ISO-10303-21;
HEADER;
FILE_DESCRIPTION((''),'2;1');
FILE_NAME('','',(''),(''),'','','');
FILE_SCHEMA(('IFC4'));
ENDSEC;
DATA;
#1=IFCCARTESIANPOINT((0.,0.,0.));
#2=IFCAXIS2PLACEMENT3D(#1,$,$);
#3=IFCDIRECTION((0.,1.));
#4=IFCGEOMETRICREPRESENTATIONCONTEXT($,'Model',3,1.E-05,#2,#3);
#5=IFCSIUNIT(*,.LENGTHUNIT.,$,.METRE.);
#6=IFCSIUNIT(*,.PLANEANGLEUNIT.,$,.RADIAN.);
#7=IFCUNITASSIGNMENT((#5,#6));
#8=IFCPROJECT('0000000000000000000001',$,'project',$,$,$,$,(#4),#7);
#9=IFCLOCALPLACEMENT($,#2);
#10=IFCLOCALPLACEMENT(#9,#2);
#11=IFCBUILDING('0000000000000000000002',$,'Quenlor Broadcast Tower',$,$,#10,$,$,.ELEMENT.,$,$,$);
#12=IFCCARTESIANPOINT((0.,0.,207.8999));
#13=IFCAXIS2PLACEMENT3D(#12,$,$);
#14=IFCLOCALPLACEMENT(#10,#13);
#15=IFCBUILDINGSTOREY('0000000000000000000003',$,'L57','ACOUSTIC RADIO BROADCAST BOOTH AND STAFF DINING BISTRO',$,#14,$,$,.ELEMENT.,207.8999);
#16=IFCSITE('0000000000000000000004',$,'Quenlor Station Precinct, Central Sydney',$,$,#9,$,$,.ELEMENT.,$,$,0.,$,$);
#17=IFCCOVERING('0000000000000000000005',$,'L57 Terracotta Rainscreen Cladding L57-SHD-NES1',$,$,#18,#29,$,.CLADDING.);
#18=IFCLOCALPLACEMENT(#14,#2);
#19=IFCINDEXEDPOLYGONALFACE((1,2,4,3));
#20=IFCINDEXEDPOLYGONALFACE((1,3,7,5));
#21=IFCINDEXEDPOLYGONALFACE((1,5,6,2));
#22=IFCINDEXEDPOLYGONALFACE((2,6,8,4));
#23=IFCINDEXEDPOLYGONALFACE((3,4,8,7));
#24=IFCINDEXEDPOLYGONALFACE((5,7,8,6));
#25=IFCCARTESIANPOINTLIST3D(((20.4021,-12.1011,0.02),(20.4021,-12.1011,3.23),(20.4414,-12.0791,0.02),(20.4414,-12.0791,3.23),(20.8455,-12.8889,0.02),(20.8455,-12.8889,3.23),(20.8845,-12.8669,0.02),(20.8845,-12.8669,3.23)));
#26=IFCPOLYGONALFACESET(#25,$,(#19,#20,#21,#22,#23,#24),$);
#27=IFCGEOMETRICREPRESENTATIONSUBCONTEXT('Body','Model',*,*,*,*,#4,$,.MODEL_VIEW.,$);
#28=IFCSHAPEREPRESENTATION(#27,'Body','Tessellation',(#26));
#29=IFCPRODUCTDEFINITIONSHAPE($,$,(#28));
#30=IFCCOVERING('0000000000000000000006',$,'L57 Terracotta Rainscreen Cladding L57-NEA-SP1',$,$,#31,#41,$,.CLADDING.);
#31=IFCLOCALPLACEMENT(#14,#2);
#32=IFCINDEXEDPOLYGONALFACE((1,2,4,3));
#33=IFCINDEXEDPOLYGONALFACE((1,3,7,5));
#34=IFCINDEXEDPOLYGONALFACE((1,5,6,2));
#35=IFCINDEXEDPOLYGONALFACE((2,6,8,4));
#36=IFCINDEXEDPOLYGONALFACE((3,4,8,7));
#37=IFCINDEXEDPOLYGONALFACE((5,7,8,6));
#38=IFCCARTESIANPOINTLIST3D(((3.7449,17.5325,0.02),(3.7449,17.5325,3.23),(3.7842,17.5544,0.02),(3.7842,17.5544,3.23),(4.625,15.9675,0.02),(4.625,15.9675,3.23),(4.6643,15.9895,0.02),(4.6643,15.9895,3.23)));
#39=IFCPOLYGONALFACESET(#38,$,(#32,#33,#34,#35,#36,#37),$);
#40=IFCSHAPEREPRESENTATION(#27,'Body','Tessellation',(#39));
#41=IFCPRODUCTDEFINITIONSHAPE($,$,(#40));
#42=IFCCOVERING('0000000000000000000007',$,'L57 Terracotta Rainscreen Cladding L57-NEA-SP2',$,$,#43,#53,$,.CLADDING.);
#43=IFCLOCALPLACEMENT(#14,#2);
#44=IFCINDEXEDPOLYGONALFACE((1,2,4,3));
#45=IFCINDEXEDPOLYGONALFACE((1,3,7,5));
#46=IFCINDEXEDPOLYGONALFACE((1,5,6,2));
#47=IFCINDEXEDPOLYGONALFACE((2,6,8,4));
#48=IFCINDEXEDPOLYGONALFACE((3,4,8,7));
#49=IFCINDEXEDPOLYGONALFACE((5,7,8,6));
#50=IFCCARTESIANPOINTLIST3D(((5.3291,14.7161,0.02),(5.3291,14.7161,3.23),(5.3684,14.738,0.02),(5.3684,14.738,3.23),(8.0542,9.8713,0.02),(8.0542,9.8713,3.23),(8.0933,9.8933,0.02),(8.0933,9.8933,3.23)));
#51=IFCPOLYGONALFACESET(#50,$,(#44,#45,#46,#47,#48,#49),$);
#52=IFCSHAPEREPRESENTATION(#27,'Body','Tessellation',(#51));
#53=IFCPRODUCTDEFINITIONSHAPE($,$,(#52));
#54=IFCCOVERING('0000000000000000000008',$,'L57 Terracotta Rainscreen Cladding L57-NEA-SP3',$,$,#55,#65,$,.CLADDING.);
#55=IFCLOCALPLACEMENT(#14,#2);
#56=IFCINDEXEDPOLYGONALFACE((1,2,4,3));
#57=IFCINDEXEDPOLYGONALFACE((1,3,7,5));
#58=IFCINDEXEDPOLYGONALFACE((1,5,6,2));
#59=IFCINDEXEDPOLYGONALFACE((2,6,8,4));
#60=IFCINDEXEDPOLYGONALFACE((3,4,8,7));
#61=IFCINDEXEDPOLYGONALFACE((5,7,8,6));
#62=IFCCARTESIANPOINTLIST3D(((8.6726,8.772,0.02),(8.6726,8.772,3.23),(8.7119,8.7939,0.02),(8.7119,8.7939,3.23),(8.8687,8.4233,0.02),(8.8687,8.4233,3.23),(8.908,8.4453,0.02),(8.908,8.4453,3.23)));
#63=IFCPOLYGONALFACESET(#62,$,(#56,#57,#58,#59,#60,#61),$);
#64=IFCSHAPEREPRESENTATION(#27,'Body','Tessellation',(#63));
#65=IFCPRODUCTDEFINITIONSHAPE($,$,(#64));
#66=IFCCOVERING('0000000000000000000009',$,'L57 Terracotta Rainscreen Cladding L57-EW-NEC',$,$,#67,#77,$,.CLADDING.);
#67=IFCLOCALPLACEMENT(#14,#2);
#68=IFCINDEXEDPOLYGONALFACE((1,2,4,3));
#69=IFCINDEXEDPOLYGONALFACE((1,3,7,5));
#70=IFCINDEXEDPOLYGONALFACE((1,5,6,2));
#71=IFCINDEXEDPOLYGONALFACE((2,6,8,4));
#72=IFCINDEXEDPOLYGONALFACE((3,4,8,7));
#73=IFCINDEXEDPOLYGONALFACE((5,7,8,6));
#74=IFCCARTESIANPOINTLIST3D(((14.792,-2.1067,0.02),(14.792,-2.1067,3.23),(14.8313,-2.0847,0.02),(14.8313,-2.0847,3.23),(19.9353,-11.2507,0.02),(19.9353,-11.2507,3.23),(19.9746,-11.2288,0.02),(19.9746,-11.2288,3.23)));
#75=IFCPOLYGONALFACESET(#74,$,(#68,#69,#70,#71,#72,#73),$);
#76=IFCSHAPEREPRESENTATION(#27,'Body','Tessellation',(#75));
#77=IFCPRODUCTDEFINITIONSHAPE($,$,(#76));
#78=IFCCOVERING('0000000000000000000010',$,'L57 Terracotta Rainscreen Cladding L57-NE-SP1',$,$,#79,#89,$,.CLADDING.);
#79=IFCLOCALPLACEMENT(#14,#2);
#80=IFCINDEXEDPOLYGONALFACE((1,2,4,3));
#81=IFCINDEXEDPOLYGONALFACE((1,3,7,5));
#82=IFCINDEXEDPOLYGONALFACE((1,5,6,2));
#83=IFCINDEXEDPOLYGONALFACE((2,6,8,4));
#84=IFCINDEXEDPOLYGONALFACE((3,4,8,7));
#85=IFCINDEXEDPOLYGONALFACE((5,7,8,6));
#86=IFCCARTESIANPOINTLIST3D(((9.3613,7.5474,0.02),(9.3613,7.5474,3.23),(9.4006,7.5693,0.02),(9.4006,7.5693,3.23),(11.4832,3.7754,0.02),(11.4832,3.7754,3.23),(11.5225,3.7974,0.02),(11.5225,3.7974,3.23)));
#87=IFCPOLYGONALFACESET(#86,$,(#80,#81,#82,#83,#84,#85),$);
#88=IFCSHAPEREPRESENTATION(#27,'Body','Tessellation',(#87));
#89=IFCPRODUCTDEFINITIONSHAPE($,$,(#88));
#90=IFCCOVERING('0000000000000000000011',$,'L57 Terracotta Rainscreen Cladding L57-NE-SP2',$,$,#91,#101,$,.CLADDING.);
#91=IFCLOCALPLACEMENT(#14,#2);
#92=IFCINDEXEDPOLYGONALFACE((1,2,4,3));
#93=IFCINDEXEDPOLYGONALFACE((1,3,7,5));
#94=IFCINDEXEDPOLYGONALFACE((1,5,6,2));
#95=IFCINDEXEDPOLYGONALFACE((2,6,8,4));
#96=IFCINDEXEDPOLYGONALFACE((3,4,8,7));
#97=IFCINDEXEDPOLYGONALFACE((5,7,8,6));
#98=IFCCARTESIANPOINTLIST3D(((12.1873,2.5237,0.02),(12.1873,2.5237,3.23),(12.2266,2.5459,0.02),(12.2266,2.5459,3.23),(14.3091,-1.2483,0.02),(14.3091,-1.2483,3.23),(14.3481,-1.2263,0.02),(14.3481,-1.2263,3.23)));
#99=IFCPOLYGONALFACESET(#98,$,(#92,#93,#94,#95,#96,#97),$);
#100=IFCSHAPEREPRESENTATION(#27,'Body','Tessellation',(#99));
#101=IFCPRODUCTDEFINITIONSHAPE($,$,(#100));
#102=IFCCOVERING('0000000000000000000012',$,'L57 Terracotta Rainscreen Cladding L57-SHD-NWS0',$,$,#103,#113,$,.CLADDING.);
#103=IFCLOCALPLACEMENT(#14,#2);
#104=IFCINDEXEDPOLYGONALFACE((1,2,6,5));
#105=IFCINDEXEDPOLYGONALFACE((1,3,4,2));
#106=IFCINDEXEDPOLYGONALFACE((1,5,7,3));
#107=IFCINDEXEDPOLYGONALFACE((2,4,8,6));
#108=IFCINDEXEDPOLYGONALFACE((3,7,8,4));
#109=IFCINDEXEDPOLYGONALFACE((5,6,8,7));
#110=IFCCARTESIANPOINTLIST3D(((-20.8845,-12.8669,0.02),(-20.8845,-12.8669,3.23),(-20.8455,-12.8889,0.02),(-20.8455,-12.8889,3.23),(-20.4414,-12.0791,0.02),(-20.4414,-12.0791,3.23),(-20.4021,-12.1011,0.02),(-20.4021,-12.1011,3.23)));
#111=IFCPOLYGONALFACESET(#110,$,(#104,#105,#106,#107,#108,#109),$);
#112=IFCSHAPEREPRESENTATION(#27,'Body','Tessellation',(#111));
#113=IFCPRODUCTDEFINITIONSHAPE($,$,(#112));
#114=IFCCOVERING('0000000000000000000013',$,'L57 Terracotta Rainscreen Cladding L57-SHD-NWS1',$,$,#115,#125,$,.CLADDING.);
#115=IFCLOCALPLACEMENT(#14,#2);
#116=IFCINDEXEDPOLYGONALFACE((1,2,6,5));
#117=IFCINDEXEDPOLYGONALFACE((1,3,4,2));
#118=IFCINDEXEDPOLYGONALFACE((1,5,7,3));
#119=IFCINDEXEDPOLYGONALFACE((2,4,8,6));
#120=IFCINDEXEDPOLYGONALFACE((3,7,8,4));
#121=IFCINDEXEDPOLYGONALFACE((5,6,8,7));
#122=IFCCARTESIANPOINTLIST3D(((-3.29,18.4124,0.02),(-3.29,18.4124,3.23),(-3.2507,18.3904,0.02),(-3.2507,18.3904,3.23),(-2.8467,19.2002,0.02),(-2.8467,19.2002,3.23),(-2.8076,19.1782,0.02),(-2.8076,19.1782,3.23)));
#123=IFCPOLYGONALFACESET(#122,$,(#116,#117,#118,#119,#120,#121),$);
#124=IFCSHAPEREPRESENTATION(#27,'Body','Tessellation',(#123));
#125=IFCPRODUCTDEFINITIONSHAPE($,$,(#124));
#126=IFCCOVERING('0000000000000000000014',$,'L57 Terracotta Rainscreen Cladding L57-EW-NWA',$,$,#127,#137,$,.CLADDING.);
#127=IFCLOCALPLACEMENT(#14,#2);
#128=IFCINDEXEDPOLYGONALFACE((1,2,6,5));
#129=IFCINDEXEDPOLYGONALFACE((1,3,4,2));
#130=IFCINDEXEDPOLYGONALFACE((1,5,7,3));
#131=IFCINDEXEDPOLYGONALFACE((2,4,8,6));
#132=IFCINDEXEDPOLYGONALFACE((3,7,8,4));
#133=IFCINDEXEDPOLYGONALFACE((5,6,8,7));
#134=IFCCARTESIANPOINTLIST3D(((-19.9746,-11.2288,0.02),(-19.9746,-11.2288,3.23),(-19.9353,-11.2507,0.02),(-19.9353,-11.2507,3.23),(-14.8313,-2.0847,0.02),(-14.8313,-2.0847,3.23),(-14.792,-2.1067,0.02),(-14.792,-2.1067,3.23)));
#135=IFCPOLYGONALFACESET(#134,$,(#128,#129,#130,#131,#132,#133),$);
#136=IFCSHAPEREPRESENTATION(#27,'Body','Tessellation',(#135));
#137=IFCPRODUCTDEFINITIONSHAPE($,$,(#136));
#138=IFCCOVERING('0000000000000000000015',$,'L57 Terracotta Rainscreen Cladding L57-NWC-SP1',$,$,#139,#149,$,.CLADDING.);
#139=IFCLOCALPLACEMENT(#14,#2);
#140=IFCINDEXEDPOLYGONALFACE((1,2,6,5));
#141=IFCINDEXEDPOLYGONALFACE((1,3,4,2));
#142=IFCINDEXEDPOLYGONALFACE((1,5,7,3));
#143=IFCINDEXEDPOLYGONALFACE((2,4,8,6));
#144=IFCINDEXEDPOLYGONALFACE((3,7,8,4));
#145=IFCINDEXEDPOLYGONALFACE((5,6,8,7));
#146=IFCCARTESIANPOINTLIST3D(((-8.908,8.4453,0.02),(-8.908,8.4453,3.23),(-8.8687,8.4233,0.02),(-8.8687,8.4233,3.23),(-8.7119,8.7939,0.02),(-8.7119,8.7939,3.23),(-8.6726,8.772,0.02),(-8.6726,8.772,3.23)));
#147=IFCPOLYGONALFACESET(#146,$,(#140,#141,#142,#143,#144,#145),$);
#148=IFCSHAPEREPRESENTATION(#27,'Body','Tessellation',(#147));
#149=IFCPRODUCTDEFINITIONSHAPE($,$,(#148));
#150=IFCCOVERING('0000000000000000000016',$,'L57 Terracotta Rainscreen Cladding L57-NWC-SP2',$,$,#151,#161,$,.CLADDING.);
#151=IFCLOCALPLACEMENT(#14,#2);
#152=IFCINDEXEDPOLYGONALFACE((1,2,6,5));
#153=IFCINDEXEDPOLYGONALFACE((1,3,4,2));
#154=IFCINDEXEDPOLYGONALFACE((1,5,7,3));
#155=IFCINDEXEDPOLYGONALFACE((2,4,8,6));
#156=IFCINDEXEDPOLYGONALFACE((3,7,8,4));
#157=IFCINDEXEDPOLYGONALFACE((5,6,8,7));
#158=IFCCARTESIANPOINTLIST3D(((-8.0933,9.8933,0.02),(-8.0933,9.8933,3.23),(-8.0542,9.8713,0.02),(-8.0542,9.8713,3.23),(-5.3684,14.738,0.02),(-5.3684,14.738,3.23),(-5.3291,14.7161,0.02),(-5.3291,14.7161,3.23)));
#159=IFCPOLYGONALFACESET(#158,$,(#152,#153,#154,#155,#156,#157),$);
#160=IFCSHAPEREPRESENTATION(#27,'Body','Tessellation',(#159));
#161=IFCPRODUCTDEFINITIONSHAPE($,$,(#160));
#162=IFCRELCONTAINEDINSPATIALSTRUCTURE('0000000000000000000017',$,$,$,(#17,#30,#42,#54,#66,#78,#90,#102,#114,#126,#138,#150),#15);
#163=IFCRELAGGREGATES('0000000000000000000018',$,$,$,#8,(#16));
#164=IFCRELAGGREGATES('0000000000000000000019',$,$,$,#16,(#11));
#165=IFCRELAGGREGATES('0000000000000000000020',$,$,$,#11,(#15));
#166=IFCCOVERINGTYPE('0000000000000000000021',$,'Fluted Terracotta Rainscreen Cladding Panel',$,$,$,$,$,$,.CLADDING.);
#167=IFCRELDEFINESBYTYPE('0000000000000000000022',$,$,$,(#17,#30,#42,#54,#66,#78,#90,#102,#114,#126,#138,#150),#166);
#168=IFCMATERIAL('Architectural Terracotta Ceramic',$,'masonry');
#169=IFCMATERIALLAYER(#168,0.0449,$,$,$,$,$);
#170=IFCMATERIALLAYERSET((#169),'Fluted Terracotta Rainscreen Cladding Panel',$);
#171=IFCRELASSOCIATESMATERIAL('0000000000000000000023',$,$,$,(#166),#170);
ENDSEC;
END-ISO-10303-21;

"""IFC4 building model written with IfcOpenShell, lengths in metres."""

from ifc_helpers import new_model, si_unit, direction, frame, origin, place, context, subcontext, project, spatial, polyline, outline, extrude, material, layer, layer_set, type_object, element, save


model = new_model("IFC4")

# Units and contexts
model_context = context("Model", 3, precision=1e-05, world=origin(), true_north=direction((0.0, 1.0)))
body_context = subcontext(model_context, "Body", "Model", "MODEL_VIEW")
ifc_project = project(units=[si_unit("LENGTHUNIT", "METRE"), si_unit("PLANEANGLEUNIT", "RADIAN")], contexts=[model_context])

# Site, building, storey
site_placement = place(None, origin())
site = spatial("IfcSite", under=ifc_project, at=site_placement, Name="Quenlor Station Precinct, Central Sydney", CompositionType="ELEMENT", RefElevation=0.0)
building_placement = place(site_placement, origin())
building = spatial("IfcBuilding", under=site, at=building_placement, Name="Quenlor Broadcast Tower", CompositionType="ELEMENT")
storey_placement = place(building_placement, frame((0.0, 0.0, 207.8999)))
storey = spatial("IfcBuildingStorey", under=building, at=storey_placement, Name="L57", Description="ACOUSTIC RADIO BROADCAST BOOTH AND STAFF DINING BISTRO", CompositionType="ELEMENT", Elevation=207.8999)

# Coverings
ifc_material_1 = material(Name="Architectural Terracotta Ceramic", Category="masonry")
ifc_layer_1 = layer(ifc_material_1, 0.0449)
ifc_layer_set_1 = layer_set([ifc_layer_1], Name="Fluted Terracotta Rainscreen Cladding Panel")
covering_type = type_object("IfcCoveringType", Name="Fluted Terracotta Rainscreen Cladding Panel", PredefinedType="CLADDING", material=ifc_layer_set_1)
covering_1_placement = place(storey_placement, frame((0.0, 0.0, 0.02)))
element("IfcCovering", 1, at=covering_1_placement, inside=storey, type_object=covering_type, Name="L57 Terracotta Rainscreen Cladding L57-SHD-NES1", PredefinedType="CLADDING", context=body_context, shape_type="SweptSolid", body=[
    extrude(outline(polyline([(20.4021, -12.1011), (20.8455, -12.8889), (20.8845, -12.8669), (20.4414, -12.0791), (20.4021, -12.1011)])), origin(), (0.0, 0.0, 1.0), 3.21),
])
covering_2_placement = place(storey_placement, frame((0.0, 0.0, 0.02)))
element("IfcCovering", 2, at=covering_2_placement, inside=storey, type_object=covering_type, Name="L57 Terracotta Rainscreen Cladding L57-NEA-SP1", PredefinedType="CLADDING", context=body_context, shape_type="SweptSolid", body=[
    extrude(outline(polyline([(3.7449, 17.5325), (4.625, 15.9675), (4.6643, 15.9895), (3.7842, 17.5544), (3.7449, 17.5325)])), origin(), (0.0, 0.0, 1.0), 3.21),
])
covering_3_placement = place(storey_placement, frame((0.0, 0.0, 0.02)))
element("IfcCovering", 3, at=covering_3_placement, inside=storey, type_object=covering_type, Name="L57 Terracotta Rainscreen Cladding L57-NEA-SP2", PredefinedType="CLADDING", context=body_context, shape_type="SweptSolid", body=[
    extrude(outline(polyline([(5.3291, 14.7161), (8.0542, 9.8713), (8.0933, 9.8933), (5.3684, 14.738), (5.3291, 14.7161)])), origin(), (0.0, 0.0, 1.0), 3.21),
])
covering_4_placement = place(storey_placement, frame((0.0, 0.0, 0.02)))
element("IfcCovering", 4, at=covering_4_placement, inside=storey, type_object=covering_type, Name="L57 Terracotta Rainscreen Cladding L57-NEA-SP3", PredefinedType="CLADDING", context=body_context, shape_type="SweptSolid", body=[
    extrude(outline(polyline([(8.6726, 8.772), (8.8687, 8.4233), (8.908, 8.4453), (8.7119, 8.7939), (8.6726, 8.772)])), origin(), (0.0, 0.0, 1.0), 3.21),
])
covering_5_placement = place(storey_placement, frame((0.0, 0.0, 0.02)))
element("IfcCovering", 5, at=covering_5_placement, inside=storey, type_object=covering_type, Name="L57 Terracotta Rainscreen Cladding L57-EW-NEC", PredefinedType="CLADDING", context=body_context, shape_type="SweptSolid", body=[
    extrude(outline(polyline([(14.792, -2.1067), (19.9353, -11.2507), (19.9746, -11.2288), (14.8313, -2.0847), (14.792, -2.1067)])), origin(), (0.0, 0.0, 1.0), 3.21),
])
covering_6_placement = place(storey_placement, frame((0.0, 0.0, 0.02)))
element("IfcCovering", 6, at=covering_6_placement, inside=storey, type_object=covering_type, Name="L57 Terracotta Rainscreen Cladding L57-NE-SP1", PredefinedType="CLADDING", context=body_context, shape_type="SweptSolid", body=[
    extrude(outline(polyline([(9.3613, 7.5474), (11.4832, 3.7754), (11.5225, 3.7974), (9.4006, 7.5693), (9.3613, 7.5474)])), origin(), (0.0, 0.0, 1.0), 3.21),
])
covering_7_placement = place(storey_placement, frame((0.0, 0.0, 0.02)))
element("IfcCovering", 7, at=covering_7_placement, inside=storey, type_object=covering_type, Name="L57 Terracotta Rainscreen Cladding L57-NE-SP2", PredefinedType="CLADDING", context=body_context, shape_type="SweptSolid", body=[
    extrude(outline(polyline([(12.1873, 2.5237), (14.3091, -1.2483), (14.3481, -1.2263), (12.2266, 2.5459), (12.1873, 2.5237)])), origin(), (0.0, 0.0, 1.0), 3.21),
])
covering_8_placement = place(storey_placement, frame((0.0, 0.0, 0.02)))
element("IfcCovering", 8, at=covering_8_placement, inside=storey, type_object=covering_type, Name="L57 Terracotta Rainscreen Cladding L57-SHD-NWS0", PredefinedType="CLADDING", context=body_context, shape_type="SweptSolid", body=[
    extrude(outline(polyline([(-20.8455, -12.8889), (-20.4021, -12.1011), (-20.4414, -12.0791), (-20.8845, -12.8669), (-20.8455, -12.8889)])), origin(), (0.0, 0.0, 1.0), 3.21),
])
covering_9_placement = place(storey_placement, frame((0.0, 0.0, 0.02)))
element("IfcCovering", 9, at=covering_9_placement, inside=storey, type_object=covering_type, Name="L57 Terracotta Rainscreen Cladding L57-SHD-NWS1", PredefinedType="CLADDING", context=body_context, shape_type="SweptSolid", body=[
    extrude(outline(polyline([(-3.2507, 18.3904), (-2.8076, 19.1782), (-2.8467, 19.2002), (-3.29, 18.4124), (-3.2507, 18.3904)])), origin(), (0.0, 0.0, 1.0), 3.21),
])
covering_10_placement = place(storey_placement, frame((0.0, 0.0, 0.02)))
element("IfcCovering", 10, at=covering_10_placement, inside=storey, type_object=covering_type, Name="L57 Terracotta Rainscreen Cladding L57-EW-NWA", PredefinedType="CLADDING", context=body_context, shape_type="SweptSolid", body=[
    extrude(outline(polyline([(-19.9353, -11.2507), (-14.792, -2.1067), (-14.8313, -2.0847), (-19.9746, -11.2288), (-19.9353, -11.2507)])), origin(), (0.0, 0.0, 1.0), 3.21),
])
covering_11_placement = place(storey_placement, frame((0.0, 0.0, 0.02)))
element("IfcCovering", 11, at=covering_11_placement, inside=storey, type_object=covering_type, Name="L57 Terracotta Rainscreen Cladding L57-NWC-SP1", PredefinedType="CLADDING", context=body_context, shape_type="SweptSolid", body=[
    extrude(outline(polyline([(-8.8687, 8.4233), (-8.6726, 8.772), (-8.7119, 8.7939), (-8.908, 8.4453), (-8.8687, 8.4233)])), origin(), (0.0, 0.0, 1.0), 3.21),
])
covering_12_placement = place(storey_placement, frame((0.0, 0.0, 0.02)))
element("IfcCovering", 12, at=covering_12_placement, inside=storey, type_object=covering_type, Name="L57 Terracotta Rainscreen Cladding L57-NWC-SP2", PredefinedType="CLADDING", context=body_context, shape_type="SweptSolid", body=[
    extrude(outline(polyline([(-8.0542, 9.8713), (-5.3291, 14.7161), (-5.3684, 14.738), (-8.0933, 9.8933), (-8.0542, 9.8713)])), origin(), (0.0, 0.0, 1.0), 3.21),
])

save(model, "model.ifc")
